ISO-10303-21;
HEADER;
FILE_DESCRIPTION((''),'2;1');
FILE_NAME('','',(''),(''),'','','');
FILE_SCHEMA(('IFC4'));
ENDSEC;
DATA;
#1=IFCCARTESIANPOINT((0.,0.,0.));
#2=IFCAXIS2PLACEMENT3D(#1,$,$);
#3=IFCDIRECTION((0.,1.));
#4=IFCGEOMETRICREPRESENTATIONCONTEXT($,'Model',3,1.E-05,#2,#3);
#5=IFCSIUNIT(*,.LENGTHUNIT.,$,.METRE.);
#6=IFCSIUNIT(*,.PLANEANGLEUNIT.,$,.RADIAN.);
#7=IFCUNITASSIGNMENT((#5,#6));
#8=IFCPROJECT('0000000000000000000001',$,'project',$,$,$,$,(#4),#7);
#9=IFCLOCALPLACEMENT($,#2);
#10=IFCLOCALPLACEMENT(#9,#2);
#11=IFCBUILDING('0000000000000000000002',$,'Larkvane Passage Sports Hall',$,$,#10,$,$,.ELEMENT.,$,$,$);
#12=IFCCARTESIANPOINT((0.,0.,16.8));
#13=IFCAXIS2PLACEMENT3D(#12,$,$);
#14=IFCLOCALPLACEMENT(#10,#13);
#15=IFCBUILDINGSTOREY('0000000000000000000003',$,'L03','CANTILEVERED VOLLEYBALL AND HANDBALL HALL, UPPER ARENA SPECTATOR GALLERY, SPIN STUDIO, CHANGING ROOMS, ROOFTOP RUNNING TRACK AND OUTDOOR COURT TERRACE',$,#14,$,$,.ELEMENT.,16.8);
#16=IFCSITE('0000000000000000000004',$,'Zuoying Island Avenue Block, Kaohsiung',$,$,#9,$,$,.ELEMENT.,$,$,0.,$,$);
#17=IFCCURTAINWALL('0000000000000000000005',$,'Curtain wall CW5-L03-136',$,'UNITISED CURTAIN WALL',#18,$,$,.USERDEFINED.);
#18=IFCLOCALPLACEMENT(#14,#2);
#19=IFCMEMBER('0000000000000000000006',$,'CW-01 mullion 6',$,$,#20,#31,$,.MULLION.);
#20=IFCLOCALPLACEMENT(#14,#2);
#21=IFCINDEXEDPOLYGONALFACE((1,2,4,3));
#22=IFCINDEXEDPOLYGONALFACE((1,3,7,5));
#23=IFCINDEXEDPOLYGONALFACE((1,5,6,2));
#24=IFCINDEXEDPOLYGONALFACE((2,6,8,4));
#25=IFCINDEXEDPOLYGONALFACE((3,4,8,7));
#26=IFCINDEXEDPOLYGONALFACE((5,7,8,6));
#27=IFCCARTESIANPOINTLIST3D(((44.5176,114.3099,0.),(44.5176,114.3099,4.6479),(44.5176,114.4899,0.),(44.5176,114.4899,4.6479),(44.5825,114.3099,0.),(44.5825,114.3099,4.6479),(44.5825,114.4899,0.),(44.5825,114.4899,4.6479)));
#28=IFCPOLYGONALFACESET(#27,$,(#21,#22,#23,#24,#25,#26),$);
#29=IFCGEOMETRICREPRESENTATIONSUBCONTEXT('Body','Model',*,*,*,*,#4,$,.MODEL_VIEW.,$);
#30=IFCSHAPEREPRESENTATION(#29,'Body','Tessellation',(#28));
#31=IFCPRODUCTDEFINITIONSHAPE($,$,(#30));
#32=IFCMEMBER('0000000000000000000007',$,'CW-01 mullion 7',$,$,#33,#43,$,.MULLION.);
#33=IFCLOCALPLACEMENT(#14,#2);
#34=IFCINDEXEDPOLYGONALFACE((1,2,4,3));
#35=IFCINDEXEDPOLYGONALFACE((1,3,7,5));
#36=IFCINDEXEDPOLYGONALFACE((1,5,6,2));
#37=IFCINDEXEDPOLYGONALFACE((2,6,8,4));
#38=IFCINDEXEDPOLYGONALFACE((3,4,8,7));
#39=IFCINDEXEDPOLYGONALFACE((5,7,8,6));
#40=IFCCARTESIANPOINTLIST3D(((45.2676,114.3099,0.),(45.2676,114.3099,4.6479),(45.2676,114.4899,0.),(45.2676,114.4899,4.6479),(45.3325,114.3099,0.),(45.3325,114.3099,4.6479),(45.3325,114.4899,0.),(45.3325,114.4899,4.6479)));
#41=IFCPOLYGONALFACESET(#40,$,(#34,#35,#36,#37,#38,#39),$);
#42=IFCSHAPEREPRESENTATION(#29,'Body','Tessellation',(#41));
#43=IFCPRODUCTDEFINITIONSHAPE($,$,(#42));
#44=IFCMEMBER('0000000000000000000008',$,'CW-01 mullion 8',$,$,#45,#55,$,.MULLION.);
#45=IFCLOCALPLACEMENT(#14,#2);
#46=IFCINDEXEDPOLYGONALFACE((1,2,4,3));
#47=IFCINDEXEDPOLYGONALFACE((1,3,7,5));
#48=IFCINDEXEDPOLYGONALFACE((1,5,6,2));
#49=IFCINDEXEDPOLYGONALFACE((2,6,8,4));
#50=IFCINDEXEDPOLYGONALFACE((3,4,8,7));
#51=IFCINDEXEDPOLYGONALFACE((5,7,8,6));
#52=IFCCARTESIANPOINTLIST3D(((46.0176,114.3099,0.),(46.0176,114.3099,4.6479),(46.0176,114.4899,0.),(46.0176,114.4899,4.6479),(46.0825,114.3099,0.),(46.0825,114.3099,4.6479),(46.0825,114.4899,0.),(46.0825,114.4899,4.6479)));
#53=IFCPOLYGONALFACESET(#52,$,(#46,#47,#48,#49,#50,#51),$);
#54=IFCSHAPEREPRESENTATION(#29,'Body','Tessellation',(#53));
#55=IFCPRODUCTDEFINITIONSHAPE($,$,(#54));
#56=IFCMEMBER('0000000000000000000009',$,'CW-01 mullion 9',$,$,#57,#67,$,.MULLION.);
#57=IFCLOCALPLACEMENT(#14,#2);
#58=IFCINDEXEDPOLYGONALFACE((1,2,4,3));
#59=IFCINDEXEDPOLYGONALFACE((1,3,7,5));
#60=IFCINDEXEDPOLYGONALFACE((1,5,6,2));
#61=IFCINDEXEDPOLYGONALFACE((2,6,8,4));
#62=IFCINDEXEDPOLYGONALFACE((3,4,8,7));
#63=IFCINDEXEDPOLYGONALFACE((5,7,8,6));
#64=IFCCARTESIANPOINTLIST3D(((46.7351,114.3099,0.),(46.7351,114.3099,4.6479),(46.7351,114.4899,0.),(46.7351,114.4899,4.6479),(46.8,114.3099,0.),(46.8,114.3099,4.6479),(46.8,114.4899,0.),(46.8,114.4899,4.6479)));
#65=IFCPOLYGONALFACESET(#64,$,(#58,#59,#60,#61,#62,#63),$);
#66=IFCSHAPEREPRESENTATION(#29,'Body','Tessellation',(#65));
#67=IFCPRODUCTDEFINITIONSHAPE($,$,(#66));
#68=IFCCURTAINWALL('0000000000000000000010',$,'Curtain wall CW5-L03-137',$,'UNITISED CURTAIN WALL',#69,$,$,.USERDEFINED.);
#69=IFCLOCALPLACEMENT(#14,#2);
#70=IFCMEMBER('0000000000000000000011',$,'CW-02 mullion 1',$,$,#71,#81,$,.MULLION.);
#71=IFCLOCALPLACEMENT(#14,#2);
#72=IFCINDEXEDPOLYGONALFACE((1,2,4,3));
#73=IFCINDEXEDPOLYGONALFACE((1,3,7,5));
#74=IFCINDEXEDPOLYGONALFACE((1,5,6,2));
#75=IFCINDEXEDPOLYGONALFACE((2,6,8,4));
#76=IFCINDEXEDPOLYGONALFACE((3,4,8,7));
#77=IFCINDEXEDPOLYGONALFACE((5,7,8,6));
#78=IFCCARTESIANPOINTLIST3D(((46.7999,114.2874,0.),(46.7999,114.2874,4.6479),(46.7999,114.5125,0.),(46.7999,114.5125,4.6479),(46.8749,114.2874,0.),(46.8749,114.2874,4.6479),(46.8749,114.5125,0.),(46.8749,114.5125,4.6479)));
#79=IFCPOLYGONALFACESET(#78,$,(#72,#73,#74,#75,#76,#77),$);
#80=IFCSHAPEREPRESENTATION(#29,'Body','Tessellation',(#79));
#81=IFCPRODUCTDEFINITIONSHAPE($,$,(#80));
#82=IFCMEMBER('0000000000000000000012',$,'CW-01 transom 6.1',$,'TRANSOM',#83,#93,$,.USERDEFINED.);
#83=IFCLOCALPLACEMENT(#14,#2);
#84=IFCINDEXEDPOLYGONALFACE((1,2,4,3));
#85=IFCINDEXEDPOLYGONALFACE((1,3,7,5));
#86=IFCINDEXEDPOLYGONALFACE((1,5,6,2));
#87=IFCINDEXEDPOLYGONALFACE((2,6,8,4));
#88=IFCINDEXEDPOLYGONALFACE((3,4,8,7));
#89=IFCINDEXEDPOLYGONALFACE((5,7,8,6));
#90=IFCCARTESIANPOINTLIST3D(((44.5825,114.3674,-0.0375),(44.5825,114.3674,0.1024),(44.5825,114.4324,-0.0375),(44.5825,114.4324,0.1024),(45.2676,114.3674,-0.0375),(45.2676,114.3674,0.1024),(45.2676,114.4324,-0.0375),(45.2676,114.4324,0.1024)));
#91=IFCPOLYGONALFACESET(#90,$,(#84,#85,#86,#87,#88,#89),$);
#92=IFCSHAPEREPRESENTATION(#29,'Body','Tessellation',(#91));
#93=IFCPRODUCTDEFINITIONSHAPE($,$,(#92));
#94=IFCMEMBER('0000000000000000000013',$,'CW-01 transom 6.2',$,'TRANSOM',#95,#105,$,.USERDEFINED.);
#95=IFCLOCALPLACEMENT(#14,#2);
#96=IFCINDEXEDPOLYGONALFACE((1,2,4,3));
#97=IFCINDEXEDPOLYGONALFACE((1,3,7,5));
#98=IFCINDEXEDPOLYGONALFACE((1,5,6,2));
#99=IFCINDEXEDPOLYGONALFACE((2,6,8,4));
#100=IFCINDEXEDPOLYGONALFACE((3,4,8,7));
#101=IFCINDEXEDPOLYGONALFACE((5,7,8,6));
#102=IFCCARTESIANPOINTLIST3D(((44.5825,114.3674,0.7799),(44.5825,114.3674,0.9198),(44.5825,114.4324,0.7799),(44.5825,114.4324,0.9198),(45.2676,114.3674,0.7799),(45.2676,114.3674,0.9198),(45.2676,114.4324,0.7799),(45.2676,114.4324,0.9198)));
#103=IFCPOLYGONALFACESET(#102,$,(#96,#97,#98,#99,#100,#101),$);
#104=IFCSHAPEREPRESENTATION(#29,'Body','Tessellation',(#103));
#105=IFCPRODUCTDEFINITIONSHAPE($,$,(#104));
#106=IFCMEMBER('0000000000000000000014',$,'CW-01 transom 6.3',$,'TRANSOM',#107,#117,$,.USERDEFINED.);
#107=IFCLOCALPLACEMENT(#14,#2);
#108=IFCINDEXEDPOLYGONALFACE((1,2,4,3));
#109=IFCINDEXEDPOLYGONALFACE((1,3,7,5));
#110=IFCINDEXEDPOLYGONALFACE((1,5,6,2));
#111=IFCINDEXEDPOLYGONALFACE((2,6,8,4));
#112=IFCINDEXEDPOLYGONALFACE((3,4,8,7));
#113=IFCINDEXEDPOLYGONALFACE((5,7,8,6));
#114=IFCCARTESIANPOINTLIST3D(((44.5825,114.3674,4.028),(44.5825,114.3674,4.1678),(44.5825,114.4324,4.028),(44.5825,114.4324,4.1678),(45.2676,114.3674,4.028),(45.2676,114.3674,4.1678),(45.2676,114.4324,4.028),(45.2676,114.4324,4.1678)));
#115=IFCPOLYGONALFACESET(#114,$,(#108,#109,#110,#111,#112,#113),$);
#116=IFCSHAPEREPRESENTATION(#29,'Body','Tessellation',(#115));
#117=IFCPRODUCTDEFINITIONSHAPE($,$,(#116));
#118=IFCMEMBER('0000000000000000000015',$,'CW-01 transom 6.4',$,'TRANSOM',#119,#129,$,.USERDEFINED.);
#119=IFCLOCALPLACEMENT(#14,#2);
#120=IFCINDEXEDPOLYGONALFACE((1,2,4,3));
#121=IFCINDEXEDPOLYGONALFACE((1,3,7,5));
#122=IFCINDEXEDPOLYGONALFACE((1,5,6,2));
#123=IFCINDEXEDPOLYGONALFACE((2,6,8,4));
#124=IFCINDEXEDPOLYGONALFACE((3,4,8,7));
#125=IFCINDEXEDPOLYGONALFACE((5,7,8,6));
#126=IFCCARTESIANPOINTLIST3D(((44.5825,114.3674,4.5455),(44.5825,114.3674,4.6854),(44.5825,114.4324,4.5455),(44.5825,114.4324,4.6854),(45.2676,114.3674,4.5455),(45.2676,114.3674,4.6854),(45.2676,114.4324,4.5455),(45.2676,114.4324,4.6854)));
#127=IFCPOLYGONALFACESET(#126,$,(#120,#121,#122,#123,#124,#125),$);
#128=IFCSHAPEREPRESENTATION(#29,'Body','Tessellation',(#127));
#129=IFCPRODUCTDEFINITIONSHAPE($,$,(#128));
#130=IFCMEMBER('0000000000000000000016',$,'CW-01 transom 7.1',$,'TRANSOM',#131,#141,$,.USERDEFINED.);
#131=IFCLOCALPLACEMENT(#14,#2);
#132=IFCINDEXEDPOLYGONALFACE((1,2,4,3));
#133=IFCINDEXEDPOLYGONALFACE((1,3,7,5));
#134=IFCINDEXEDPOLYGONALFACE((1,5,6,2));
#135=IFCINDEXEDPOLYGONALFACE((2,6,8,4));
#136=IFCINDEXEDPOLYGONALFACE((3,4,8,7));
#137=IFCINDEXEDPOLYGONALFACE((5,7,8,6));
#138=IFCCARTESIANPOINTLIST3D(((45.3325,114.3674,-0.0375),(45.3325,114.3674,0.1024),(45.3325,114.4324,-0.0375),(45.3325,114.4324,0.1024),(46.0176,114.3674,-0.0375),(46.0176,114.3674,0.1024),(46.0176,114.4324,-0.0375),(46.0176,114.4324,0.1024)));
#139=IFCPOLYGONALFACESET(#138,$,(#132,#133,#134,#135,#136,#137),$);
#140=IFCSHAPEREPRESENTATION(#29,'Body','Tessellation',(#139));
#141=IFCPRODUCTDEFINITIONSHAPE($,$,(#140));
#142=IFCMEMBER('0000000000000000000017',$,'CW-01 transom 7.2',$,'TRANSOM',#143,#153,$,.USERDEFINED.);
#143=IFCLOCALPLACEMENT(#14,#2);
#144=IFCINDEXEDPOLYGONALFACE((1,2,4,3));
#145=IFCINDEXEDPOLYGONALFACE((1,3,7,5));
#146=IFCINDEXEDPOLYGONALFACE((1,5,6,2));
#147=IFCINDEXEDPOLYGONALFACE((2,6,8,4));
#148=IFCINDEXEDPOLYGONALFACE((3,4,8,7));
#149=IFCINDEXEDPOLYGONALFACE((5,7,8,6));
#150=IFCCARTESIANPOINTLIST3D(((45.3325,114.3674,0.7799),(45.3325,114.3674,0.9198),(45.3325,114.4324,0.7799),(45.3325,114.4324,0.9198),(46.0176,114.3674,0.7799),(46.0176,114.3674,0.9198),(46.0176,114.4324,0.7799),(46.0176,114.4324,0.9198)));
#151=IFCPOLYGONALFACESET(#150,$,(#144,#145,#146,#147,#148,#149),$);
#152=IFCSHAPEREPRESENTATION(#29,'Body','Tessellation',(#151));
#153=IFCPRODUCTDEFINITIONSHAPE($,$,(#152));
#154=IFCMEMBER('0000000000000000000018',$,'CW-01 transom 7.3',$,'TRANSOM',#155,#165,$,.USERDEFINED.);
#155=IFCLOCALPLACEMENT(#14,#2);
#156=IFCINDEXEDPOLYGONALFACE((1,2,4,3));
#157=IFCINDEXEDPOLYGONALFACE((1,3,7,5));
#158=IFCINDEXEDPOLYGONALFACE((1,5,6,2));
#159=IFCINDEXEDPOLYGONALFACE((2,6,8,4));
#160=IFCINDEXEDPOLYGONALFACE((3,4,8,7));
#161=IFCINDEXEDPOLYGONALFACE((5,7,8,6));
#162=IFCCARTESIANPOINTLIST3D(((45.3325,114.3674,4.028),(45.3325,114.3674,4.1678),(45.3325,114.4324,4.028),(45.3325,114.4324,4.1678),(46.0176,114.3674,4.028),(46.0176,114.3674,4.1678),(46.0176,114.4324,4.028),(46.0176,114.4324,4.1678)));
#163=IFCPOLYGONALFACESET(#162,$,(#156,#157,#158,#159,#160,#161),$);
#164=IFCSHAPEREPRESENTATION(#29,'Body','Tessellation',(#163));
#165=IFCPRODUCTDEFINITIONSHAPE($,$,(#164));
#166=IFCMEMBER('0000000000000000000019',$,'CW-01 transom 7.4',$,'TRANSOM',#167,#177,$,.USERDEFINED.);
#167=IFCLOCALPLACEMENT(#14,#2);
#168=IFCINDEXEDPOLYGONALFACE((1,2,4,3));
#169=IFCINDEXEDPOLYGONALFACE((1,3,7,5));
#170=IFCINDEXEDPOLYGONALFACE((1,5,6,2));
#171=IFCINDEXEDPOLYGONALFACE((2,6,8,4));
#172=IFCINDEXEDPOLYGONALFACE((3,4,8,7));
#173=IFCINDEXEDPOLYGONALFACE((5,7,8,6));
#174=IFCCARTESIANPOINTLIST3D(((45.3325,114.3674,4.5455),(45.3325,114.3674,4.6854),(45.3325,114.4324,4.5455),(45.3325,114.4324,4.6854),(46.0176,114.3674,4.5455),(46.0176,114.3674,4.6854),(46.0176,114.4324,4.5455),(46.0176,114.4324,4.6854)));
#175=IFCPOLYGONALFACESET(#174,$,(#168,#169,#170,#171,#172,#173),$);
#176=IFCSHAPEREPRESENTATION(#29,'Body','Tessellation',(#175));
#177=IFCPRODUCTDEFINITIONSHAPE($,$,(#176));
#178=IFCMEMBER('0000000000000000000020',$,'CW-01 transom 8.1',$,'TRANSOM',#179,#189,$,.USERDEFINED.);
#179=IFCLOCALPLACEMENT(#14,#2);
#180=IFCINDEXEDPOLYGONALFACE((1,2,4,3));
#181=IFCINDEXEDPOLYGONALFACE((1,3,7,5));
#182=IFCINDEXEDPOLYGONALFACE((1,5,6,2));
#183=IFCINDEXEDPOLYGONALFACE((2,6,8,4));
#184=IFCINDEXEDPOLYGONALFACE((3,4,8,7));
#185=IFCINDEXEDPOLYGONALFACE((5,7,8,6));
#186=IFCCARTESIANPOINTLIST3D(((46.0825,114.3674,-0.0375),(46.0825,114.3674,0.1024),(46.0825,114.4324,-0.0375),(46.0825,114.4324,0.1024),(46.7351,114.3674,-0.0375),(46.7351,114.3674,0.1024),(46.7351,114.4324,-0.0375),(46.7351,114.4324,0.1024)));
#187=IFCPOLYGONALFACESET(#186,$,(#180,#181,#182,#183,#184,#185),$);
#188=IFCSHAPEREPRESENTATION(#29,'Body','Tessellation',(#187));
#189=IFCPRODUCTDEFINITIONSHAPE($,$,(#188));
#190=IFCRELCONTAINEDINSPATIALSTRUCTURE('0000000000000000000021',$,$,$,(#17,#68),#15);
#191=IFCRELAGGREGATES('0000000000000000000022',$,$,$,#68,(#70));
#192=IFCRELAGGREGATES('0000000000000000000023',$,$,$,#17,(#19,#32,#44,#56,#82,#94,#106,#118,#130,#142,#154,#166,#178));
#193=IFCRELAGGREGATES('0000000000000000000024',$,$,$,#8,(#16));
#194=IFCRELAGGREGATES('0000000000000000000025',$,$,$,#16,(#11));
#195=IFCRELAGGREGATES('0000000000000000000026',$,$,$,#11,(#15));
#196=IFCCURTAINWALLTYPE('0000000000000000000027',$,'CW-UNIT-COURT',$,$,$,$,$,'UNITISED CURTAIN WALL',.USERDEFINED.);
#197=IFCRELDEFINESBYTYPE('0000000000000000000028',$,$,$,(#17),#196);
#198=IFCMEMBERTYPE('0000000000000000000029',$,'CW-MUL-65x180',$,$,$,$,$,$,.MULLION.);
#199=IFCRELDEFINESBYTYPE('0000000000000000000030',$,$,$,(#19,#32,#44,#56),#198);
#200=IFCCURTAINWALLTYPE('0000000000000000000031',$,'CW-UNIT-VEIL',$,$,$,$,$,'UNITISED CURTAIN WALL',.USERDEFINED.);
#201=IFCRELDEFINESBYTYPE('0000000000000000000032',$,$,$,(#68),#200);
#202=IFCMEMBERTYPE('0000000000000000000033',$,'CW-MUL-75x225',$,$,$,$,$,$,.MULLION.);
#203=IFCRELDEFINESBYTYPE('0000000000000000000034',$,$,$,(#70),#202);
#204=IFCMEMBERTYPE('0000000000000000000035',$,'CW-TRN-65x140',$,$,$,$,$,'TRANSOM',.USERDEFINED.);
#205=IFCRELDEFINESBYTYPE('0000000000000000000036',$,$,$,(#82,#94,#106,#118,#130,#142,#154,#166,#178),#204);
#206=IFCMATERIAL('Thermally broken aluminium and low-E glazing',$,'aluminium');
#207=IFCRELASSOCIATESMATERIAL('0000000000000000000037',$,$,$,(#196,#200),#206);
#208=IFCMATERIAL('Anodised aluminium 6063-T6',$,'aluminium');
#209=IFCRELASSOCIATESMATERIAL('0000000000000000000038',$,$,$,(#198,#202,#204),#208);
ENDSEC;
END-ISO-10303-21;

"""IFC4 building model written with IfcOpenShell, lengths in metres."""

from ifc_helpers import new_model, si_unit, direction, frame, origin, origin_2d, place, context, subcontext, project, spatial, rectangle, extrude, material, material_profile, profile_set, type_object, element, aggregate, save


model = new_model("IFC4")

# Units and contexts
model_context = context("Model", 3, precision=1e-05, world=origin(), true_north=direction((0.0, 1.0)))
body_context = subcontext(model_context, "Body", "Model", "MODEL_VIEW")
ifc_project = project(units=[si_unit("LENGTHUNIT", "METRE"), si_unit("PLANEANGLEUNIT", "RADIAN")], contexts=[model_context])

# Site, building, storey
site_placement = place(None, origin())
site = spatial("IfcSite", under=ifc_project, at=site_placement, Name="Zuoying Island Avenue Block, Kaohsiung", CompositionType="ELEMENT", RefElevation=0.0)
building_placement = place(site_placement, origin())
building = spatial("IfcBuilding", under=site, at=building_placement, Name="Larkvane Passage Sports Hall", CompositionType="ELEMENT")
storey_placement = place(building_placement, frame((0.0, 0.0, 16.8)))
storey = spatial("IfcBuildingStorey", under=building, at=storey_placement, Name="L03", Description="CANTILEVERED VOLLEYBALL AND HANDBALL HALL, UPPER ARENA SPECTATOR GALLERY, SPIN STUDIO, CHANGING ROOMS, ROOFTOP RUNNING TRACK AND OUTDOOR COURT TERRACE", CompositionType="ELEMENT", Elevation=16.8)

# Curtain wall, members
ifc_material_1 = material(Name="Thermally broken aluminium and low-E glazing", Category="aluminium")
curtain_wall_type_1 = type_object("IfcCurtainWallType", Name="CW-UNIT-COURT", ElementType="UNITISED CURTAIN WALL", PredefinedType="USERDEFINED", material=ifc_material_1)
curtain_wall_1_placement = place(storey_placement, origin())
curtain_wall_1 = element("IfcCurtainWall", 1, at=curtain_wall_1_placement, inside=storey, type_object=curtain_wall_type_1, Name="Curtain wall CW5-L03-136", ObjectType="UNITISED CURTAIN WALL", PredefinedType="USERDEFINED")
ifc_material_2 = material(Name="Anodised aluminium 6063-T6", Category="aluminium")
ifc_material_profile_1 = material_profile(ifc_material_2, rectangle(XDim=0.0649, YDim=0.1799, at=origin_2d()), Name="ALU-MUL-65x180")
ifc_profile_set_1 = profile_set([ifc_material_profile_1], Name="Anodised aluminium 6063-T6")
member_type_1 = type_object("IfcMemberType", Name="CW-MUL-65x180", PredefinedType="MULLION", material=ifc_profile_set_1)
member_1_placement = place(storey_placement, frame((44.55, 114.3999, 0.0), z_axis=(0.0, 0.0, 1.0), x_axis=(1.0, 0.0, 0.0)))
member_1 = element("IfcMember", 2, at=member_1_placement, type_object=member_type_1, Name="CW-01 mullion 6", PredefinedType="MULLION", context=body_context, shape_type="SweptSolid", body=[
    extrude(rectangle(XDim=0.0649, YDim=0.1799, at=origin_2d()), origin(), (0.0, 0.0, 1.0), 4.6479),
])
member_2_placement = place(storey_placement, frame((45.3, 114.3999, 0.0), z_axis=(0.0, 0.0, 1.0), x_axis=(1.0, 0.0, 0.0)))
member_2 = element("IfcMember", 3, at=member_2_placement, type_object=member_type_1, Name="CW-01 mullion 7", PredefinedType="MULLION", context=body_context, shape_type="SweptSolid", body=[
    extrude(rectangle(XDim=0.0649, YDim=0.1799, at=origin_2d()), origin(), (0.0, 0.0, 1.0), 4.6479),
])
member_3_placement = place(storey_placement, frame((46.05, 114.3999, 0.0), z_axis=(0.0, 0.0, 1.0), x_axis=(1.0, 0.0, 0.0)))
member_3 = element("IfcMember", 4, at=member_3_placement, type_object=member_type_1, Name="CW-01 mullion 8", PredefinedType="MULLION", context=body_context, shape_type="SweptSolid", body=[
    extrude(rectangle(XDim=0.0649, YDim=0.1799, at=origin_2d()), origin(), (0.0, 0.0, 1.0), 4.6479),
])
member_4_placement = place(storey_placement, frame((46.7676, 114.3999, 0.0), z_axis=(0.0, 0.0, 1.0), x_axis=(1.0, 0.0, 0.0)))
member_4 = element("IfcMember", 5, at=member_4_placement, type_object=member_type_1, Name="CW-01 mullion 9", PredefinedType="MULLION", context=body_context, shape_type="SweptSolid", body=[
    extrude(rectangle(XDim=0.0649, YDim=0.1799, at=origin_2d()), origin(), (0.0, 0.0, 1.0), 4.6479),
])

# Curtain wall, member
curtain_wall_type_2 = type_object("IfcCurtainWallType", Name="CW-UNIT-VEIL", ElementType="UNITISED CURTAIN WALL", PredefinedType="USERDEFINED", material=ifc_material_1)
curtain_wall_2_placement = place(storey_placement, origin())
curtain_wall_2 = element("IfcCurtainWall", 6, at=curtain_wall_2_placement, inside=storey, type_object=curtain_wall_type_2, Name="Curtain wall CW5-L03-137", ObjectType="UNITISED CURTAIN WALL", PredefinedType="USERDEFINED")
ifc_material_profile_2 = material_profile(ifc_material_2, rectangle(XDim=0.075, YDim=0.2251, at=origin_2d()), Name="ALU-MUL-75x225")
ifc_profile_set_2 = profile_set([ifc_material_profile_2], Name="Anodised aluminium 6063-T6")
member_type_2 = type_object("IfcMemberType", Name="CW-MUL-75x225", PredefinedType="MULLION", material=ifc_profile_set_2)
member_5_placement = place(storey_placement, frame((46.8374, 114.3999, 0.0), z_axis=(0.0, 0.0, 1.0), x_axis=(1.0, 0.0, 0.0)))
member_5 = element("IfcMember", 7, at=member_5_placement, type_object=member_type_2, Name="CW-02 mullion 1", PredefinedType="MULLION", context=body_context, shape_type="SweptSolid", body=[
    extrude(rectangle(XDim=0.075, YDim=0.2251, at=origin_2d()), origin(), (0.0, 0.0, 1.0), 4.6479),
])

# Members
ifc_material_profile_3 = material_profile(ifc_material_2, rectangle(XDim=0.0649, YDim=0.1399, at=origin_2d()), Name="ALU-TRN-65x140")
ifc_profile_set_3 = profile_set([ifc_material_profile_3], Name="Anodised aluminium 6063-T6")
member_type_3 = type_object("IfcMemberType", Name="CW-TRN-65x140", ElementType="TRANSOM", PredefinedType="USERDEFINED", material=ifc_profile_set_3)
member_6_placement = place(storey_placement, frame((44.5825, 114.3999, 0.0325), z_axis=(1.0, 0.0, 0.0), x_axis=(0.0, 1.0, 0.0)))
member_6 = element("IfcMember", 8, at=member_6_placement, type_object=member_type_3, Name="CW-01 transom 6.1", ObjectType="TRANSOM", PredefinedType="USERDEFINED", context=body_context, shape_type="SweptSolid", body=[
    extrude(rectangle(XDim=0.0649, YDim=0.1399, at=origin_2d()), origin(), (0.0, 0.0, 1.0), 0.6851),
])
member_7_placement = place(storey_placement, frame((44.5825, 114.3999, 0.8499), z_axis=(1.0, 0.0, 0.0), x_axis=(0.0, 1.0, 0.0)))
member_7 = element("IfcMember", 9, at=member_7_placement, type_object=member_type_3, Name="CW-01 transom 6.2", ObjectType="TRANSOM", PredefinedType="USERDEFINED", context=body_context, shape_type="SweptSolid", body=[
    extrude(rectangle(XDim=0.0649, YDim=0.1399, at=origin_2d()), origin(), (0.0, 0.0, 1.0), 0.6851),
])
member_8_placement = place(storey_placement, frame((44.5825, 114.3999, 4.0979), z_axis=(1.0, 0.0, 0.0), x_axis=(0.0, 1.0, 0.0)))
member_8 = element("IfcMember", 10, at=member_8_placement, type_object=member_type_3, Name="CW-01 transom 6.3", ObjectType="TRANSOM", PredefinedType="USERDEFINED", context=body_context, shape_type="SweptSolid", body=[
    extrude(rectangle(XDim=0.0649, YDim=0.1399, at=origin_2d()), origin(), (0.0, 0.0, 1.0), 0.6851),
])
member_9_placement = place(storey_placement, frame((44.5825, 114.3999, 4.6155), z_axis=(1.0, 0.0, 0.0), x_axis=(0.0, 1.0, 0.0)))
member_9 = element("IfcMember", 11, at=member_9_placement, type_object=member_type_3, Name="CW-01 transom 6.4", ObjectType="TRANSOM", PredefinedType="USERDEFINED", context=body_context, shape_type="SweptSolid", body=[
    extrude(rectangle(XDim=0.0649, YDim=0.1399, at=origin_2d()), origin(), (0.0, 0.0, 1.0), 0.6851),
])
member_10_placement = place(storey_placement, frame((45.3325, 114.3999, 0.0325), z_axis=(1.0, 0.0, 0.0), x_axis=(0.0, 1.0, 0.0)))
member_10 = element("IfcMember", 12, at=member_10_placement, type_object=member_type_3, Name="CW-01 transom 7.1", ObjectType="TRANSOM", PredefinedType="USERDEFINED", context=body_context, shape_type="SweptSolid", body=[
    extrude(rectangle(XDim=0.0649, YDim=0.1399, at=origin_2d()), origin(), (0.0, 0.0, 1.0), 0.6851),
])
member_11_placement = place(storey_placement, frame((45.3325, 114.3999, 0.8499), z_axis=(1.0, 0.0, 0.0), x_axis=(0.0, 1.0, 0.0)))
member_11 = element("IfcMember", 13, at=member_11_placement, type_object=member_type_3, Name="CW-01 transom 7.2", ObjectType="TRANSOM", PredefinedType="USERDEFINED", context=body_context, shape_type="SweptSolid", body=[
    extrude(rectangle(XDim=0.0649, YDim=0.1399, at=origin_2d()), origin(), (0.0, 0.0, 1.0), 0.6851),
])
member_12_placement = place(storey_placement, frame((45.3325, 114.3999, 4.0979), z_axis=(1.0, 0.0, 0.0), x_axis=(0.0, 1.0, 0.0)))
member_12 = element("IfcMember", 14, at=member_12_placement, type_object=member_type_3, Name="CW-01 transom 7.3", ObjectType="TRANSOM", PredefinedType="USERDEFINED", context=body_context, shape_type="SweptSolid", body=[
    extrude(rectangle(XDim=0.0649, YDim=0.1399, at=origin_2d()), origin(), (0.0, 0.0, 1.0), 0.6851),
])
member_13_placement = place(storey_placement, frame((45.3325, 114.3999, 4.6155), z_axis=(1.0, 0.0, 0.0), x_axis=(0.0, 1.0, 0.0)))
member_13 = element("IfcMember", 15, at=member_13_placement, type_object=member_type_3, Name="CW-01 transom 7.4", ObjectType="TRANSOM", PredefinedType="USERDEFINED", context=body_context, shape_type="SweptSolid", body=[
    extrude(rectangle(XDim=0.0649, YDim=0.1399, at=origin_2d()), origin(), (0.0, 0.0, 1.0), 0.6851),
])
member_14_placement = place(storey_placement, frame((46.0825, 114.3999, 0.0325), z_axis=(1.0, 0.0, 0.0), x_axis=(0.0, 1.0, 0.0)))
member_14 = element("IfcMember", 16, at=member_14_placement, type_object=member_type_3, Name="CW-01 transom 8.1", ObjectType="TRANSOM", PredefinedType="USERDEFINED", context=body_context, shape_type="SweptSolid", body=[
    extrude(rectangle(XDim=0.0649, YDim=0.1399, at=origin_2d()), origin(), (0.0, 0.0, 1.0), 0.6526),
])
aggregate(curtain_wall_2, [member_5])

aggregate(curtain_wall_1, [member_1, member_2, member_3, member_4, member_6, member_7, member_8, member_9, member_10, member_11, member_12, member_13, member_14])

save(model, "model.ifc")
